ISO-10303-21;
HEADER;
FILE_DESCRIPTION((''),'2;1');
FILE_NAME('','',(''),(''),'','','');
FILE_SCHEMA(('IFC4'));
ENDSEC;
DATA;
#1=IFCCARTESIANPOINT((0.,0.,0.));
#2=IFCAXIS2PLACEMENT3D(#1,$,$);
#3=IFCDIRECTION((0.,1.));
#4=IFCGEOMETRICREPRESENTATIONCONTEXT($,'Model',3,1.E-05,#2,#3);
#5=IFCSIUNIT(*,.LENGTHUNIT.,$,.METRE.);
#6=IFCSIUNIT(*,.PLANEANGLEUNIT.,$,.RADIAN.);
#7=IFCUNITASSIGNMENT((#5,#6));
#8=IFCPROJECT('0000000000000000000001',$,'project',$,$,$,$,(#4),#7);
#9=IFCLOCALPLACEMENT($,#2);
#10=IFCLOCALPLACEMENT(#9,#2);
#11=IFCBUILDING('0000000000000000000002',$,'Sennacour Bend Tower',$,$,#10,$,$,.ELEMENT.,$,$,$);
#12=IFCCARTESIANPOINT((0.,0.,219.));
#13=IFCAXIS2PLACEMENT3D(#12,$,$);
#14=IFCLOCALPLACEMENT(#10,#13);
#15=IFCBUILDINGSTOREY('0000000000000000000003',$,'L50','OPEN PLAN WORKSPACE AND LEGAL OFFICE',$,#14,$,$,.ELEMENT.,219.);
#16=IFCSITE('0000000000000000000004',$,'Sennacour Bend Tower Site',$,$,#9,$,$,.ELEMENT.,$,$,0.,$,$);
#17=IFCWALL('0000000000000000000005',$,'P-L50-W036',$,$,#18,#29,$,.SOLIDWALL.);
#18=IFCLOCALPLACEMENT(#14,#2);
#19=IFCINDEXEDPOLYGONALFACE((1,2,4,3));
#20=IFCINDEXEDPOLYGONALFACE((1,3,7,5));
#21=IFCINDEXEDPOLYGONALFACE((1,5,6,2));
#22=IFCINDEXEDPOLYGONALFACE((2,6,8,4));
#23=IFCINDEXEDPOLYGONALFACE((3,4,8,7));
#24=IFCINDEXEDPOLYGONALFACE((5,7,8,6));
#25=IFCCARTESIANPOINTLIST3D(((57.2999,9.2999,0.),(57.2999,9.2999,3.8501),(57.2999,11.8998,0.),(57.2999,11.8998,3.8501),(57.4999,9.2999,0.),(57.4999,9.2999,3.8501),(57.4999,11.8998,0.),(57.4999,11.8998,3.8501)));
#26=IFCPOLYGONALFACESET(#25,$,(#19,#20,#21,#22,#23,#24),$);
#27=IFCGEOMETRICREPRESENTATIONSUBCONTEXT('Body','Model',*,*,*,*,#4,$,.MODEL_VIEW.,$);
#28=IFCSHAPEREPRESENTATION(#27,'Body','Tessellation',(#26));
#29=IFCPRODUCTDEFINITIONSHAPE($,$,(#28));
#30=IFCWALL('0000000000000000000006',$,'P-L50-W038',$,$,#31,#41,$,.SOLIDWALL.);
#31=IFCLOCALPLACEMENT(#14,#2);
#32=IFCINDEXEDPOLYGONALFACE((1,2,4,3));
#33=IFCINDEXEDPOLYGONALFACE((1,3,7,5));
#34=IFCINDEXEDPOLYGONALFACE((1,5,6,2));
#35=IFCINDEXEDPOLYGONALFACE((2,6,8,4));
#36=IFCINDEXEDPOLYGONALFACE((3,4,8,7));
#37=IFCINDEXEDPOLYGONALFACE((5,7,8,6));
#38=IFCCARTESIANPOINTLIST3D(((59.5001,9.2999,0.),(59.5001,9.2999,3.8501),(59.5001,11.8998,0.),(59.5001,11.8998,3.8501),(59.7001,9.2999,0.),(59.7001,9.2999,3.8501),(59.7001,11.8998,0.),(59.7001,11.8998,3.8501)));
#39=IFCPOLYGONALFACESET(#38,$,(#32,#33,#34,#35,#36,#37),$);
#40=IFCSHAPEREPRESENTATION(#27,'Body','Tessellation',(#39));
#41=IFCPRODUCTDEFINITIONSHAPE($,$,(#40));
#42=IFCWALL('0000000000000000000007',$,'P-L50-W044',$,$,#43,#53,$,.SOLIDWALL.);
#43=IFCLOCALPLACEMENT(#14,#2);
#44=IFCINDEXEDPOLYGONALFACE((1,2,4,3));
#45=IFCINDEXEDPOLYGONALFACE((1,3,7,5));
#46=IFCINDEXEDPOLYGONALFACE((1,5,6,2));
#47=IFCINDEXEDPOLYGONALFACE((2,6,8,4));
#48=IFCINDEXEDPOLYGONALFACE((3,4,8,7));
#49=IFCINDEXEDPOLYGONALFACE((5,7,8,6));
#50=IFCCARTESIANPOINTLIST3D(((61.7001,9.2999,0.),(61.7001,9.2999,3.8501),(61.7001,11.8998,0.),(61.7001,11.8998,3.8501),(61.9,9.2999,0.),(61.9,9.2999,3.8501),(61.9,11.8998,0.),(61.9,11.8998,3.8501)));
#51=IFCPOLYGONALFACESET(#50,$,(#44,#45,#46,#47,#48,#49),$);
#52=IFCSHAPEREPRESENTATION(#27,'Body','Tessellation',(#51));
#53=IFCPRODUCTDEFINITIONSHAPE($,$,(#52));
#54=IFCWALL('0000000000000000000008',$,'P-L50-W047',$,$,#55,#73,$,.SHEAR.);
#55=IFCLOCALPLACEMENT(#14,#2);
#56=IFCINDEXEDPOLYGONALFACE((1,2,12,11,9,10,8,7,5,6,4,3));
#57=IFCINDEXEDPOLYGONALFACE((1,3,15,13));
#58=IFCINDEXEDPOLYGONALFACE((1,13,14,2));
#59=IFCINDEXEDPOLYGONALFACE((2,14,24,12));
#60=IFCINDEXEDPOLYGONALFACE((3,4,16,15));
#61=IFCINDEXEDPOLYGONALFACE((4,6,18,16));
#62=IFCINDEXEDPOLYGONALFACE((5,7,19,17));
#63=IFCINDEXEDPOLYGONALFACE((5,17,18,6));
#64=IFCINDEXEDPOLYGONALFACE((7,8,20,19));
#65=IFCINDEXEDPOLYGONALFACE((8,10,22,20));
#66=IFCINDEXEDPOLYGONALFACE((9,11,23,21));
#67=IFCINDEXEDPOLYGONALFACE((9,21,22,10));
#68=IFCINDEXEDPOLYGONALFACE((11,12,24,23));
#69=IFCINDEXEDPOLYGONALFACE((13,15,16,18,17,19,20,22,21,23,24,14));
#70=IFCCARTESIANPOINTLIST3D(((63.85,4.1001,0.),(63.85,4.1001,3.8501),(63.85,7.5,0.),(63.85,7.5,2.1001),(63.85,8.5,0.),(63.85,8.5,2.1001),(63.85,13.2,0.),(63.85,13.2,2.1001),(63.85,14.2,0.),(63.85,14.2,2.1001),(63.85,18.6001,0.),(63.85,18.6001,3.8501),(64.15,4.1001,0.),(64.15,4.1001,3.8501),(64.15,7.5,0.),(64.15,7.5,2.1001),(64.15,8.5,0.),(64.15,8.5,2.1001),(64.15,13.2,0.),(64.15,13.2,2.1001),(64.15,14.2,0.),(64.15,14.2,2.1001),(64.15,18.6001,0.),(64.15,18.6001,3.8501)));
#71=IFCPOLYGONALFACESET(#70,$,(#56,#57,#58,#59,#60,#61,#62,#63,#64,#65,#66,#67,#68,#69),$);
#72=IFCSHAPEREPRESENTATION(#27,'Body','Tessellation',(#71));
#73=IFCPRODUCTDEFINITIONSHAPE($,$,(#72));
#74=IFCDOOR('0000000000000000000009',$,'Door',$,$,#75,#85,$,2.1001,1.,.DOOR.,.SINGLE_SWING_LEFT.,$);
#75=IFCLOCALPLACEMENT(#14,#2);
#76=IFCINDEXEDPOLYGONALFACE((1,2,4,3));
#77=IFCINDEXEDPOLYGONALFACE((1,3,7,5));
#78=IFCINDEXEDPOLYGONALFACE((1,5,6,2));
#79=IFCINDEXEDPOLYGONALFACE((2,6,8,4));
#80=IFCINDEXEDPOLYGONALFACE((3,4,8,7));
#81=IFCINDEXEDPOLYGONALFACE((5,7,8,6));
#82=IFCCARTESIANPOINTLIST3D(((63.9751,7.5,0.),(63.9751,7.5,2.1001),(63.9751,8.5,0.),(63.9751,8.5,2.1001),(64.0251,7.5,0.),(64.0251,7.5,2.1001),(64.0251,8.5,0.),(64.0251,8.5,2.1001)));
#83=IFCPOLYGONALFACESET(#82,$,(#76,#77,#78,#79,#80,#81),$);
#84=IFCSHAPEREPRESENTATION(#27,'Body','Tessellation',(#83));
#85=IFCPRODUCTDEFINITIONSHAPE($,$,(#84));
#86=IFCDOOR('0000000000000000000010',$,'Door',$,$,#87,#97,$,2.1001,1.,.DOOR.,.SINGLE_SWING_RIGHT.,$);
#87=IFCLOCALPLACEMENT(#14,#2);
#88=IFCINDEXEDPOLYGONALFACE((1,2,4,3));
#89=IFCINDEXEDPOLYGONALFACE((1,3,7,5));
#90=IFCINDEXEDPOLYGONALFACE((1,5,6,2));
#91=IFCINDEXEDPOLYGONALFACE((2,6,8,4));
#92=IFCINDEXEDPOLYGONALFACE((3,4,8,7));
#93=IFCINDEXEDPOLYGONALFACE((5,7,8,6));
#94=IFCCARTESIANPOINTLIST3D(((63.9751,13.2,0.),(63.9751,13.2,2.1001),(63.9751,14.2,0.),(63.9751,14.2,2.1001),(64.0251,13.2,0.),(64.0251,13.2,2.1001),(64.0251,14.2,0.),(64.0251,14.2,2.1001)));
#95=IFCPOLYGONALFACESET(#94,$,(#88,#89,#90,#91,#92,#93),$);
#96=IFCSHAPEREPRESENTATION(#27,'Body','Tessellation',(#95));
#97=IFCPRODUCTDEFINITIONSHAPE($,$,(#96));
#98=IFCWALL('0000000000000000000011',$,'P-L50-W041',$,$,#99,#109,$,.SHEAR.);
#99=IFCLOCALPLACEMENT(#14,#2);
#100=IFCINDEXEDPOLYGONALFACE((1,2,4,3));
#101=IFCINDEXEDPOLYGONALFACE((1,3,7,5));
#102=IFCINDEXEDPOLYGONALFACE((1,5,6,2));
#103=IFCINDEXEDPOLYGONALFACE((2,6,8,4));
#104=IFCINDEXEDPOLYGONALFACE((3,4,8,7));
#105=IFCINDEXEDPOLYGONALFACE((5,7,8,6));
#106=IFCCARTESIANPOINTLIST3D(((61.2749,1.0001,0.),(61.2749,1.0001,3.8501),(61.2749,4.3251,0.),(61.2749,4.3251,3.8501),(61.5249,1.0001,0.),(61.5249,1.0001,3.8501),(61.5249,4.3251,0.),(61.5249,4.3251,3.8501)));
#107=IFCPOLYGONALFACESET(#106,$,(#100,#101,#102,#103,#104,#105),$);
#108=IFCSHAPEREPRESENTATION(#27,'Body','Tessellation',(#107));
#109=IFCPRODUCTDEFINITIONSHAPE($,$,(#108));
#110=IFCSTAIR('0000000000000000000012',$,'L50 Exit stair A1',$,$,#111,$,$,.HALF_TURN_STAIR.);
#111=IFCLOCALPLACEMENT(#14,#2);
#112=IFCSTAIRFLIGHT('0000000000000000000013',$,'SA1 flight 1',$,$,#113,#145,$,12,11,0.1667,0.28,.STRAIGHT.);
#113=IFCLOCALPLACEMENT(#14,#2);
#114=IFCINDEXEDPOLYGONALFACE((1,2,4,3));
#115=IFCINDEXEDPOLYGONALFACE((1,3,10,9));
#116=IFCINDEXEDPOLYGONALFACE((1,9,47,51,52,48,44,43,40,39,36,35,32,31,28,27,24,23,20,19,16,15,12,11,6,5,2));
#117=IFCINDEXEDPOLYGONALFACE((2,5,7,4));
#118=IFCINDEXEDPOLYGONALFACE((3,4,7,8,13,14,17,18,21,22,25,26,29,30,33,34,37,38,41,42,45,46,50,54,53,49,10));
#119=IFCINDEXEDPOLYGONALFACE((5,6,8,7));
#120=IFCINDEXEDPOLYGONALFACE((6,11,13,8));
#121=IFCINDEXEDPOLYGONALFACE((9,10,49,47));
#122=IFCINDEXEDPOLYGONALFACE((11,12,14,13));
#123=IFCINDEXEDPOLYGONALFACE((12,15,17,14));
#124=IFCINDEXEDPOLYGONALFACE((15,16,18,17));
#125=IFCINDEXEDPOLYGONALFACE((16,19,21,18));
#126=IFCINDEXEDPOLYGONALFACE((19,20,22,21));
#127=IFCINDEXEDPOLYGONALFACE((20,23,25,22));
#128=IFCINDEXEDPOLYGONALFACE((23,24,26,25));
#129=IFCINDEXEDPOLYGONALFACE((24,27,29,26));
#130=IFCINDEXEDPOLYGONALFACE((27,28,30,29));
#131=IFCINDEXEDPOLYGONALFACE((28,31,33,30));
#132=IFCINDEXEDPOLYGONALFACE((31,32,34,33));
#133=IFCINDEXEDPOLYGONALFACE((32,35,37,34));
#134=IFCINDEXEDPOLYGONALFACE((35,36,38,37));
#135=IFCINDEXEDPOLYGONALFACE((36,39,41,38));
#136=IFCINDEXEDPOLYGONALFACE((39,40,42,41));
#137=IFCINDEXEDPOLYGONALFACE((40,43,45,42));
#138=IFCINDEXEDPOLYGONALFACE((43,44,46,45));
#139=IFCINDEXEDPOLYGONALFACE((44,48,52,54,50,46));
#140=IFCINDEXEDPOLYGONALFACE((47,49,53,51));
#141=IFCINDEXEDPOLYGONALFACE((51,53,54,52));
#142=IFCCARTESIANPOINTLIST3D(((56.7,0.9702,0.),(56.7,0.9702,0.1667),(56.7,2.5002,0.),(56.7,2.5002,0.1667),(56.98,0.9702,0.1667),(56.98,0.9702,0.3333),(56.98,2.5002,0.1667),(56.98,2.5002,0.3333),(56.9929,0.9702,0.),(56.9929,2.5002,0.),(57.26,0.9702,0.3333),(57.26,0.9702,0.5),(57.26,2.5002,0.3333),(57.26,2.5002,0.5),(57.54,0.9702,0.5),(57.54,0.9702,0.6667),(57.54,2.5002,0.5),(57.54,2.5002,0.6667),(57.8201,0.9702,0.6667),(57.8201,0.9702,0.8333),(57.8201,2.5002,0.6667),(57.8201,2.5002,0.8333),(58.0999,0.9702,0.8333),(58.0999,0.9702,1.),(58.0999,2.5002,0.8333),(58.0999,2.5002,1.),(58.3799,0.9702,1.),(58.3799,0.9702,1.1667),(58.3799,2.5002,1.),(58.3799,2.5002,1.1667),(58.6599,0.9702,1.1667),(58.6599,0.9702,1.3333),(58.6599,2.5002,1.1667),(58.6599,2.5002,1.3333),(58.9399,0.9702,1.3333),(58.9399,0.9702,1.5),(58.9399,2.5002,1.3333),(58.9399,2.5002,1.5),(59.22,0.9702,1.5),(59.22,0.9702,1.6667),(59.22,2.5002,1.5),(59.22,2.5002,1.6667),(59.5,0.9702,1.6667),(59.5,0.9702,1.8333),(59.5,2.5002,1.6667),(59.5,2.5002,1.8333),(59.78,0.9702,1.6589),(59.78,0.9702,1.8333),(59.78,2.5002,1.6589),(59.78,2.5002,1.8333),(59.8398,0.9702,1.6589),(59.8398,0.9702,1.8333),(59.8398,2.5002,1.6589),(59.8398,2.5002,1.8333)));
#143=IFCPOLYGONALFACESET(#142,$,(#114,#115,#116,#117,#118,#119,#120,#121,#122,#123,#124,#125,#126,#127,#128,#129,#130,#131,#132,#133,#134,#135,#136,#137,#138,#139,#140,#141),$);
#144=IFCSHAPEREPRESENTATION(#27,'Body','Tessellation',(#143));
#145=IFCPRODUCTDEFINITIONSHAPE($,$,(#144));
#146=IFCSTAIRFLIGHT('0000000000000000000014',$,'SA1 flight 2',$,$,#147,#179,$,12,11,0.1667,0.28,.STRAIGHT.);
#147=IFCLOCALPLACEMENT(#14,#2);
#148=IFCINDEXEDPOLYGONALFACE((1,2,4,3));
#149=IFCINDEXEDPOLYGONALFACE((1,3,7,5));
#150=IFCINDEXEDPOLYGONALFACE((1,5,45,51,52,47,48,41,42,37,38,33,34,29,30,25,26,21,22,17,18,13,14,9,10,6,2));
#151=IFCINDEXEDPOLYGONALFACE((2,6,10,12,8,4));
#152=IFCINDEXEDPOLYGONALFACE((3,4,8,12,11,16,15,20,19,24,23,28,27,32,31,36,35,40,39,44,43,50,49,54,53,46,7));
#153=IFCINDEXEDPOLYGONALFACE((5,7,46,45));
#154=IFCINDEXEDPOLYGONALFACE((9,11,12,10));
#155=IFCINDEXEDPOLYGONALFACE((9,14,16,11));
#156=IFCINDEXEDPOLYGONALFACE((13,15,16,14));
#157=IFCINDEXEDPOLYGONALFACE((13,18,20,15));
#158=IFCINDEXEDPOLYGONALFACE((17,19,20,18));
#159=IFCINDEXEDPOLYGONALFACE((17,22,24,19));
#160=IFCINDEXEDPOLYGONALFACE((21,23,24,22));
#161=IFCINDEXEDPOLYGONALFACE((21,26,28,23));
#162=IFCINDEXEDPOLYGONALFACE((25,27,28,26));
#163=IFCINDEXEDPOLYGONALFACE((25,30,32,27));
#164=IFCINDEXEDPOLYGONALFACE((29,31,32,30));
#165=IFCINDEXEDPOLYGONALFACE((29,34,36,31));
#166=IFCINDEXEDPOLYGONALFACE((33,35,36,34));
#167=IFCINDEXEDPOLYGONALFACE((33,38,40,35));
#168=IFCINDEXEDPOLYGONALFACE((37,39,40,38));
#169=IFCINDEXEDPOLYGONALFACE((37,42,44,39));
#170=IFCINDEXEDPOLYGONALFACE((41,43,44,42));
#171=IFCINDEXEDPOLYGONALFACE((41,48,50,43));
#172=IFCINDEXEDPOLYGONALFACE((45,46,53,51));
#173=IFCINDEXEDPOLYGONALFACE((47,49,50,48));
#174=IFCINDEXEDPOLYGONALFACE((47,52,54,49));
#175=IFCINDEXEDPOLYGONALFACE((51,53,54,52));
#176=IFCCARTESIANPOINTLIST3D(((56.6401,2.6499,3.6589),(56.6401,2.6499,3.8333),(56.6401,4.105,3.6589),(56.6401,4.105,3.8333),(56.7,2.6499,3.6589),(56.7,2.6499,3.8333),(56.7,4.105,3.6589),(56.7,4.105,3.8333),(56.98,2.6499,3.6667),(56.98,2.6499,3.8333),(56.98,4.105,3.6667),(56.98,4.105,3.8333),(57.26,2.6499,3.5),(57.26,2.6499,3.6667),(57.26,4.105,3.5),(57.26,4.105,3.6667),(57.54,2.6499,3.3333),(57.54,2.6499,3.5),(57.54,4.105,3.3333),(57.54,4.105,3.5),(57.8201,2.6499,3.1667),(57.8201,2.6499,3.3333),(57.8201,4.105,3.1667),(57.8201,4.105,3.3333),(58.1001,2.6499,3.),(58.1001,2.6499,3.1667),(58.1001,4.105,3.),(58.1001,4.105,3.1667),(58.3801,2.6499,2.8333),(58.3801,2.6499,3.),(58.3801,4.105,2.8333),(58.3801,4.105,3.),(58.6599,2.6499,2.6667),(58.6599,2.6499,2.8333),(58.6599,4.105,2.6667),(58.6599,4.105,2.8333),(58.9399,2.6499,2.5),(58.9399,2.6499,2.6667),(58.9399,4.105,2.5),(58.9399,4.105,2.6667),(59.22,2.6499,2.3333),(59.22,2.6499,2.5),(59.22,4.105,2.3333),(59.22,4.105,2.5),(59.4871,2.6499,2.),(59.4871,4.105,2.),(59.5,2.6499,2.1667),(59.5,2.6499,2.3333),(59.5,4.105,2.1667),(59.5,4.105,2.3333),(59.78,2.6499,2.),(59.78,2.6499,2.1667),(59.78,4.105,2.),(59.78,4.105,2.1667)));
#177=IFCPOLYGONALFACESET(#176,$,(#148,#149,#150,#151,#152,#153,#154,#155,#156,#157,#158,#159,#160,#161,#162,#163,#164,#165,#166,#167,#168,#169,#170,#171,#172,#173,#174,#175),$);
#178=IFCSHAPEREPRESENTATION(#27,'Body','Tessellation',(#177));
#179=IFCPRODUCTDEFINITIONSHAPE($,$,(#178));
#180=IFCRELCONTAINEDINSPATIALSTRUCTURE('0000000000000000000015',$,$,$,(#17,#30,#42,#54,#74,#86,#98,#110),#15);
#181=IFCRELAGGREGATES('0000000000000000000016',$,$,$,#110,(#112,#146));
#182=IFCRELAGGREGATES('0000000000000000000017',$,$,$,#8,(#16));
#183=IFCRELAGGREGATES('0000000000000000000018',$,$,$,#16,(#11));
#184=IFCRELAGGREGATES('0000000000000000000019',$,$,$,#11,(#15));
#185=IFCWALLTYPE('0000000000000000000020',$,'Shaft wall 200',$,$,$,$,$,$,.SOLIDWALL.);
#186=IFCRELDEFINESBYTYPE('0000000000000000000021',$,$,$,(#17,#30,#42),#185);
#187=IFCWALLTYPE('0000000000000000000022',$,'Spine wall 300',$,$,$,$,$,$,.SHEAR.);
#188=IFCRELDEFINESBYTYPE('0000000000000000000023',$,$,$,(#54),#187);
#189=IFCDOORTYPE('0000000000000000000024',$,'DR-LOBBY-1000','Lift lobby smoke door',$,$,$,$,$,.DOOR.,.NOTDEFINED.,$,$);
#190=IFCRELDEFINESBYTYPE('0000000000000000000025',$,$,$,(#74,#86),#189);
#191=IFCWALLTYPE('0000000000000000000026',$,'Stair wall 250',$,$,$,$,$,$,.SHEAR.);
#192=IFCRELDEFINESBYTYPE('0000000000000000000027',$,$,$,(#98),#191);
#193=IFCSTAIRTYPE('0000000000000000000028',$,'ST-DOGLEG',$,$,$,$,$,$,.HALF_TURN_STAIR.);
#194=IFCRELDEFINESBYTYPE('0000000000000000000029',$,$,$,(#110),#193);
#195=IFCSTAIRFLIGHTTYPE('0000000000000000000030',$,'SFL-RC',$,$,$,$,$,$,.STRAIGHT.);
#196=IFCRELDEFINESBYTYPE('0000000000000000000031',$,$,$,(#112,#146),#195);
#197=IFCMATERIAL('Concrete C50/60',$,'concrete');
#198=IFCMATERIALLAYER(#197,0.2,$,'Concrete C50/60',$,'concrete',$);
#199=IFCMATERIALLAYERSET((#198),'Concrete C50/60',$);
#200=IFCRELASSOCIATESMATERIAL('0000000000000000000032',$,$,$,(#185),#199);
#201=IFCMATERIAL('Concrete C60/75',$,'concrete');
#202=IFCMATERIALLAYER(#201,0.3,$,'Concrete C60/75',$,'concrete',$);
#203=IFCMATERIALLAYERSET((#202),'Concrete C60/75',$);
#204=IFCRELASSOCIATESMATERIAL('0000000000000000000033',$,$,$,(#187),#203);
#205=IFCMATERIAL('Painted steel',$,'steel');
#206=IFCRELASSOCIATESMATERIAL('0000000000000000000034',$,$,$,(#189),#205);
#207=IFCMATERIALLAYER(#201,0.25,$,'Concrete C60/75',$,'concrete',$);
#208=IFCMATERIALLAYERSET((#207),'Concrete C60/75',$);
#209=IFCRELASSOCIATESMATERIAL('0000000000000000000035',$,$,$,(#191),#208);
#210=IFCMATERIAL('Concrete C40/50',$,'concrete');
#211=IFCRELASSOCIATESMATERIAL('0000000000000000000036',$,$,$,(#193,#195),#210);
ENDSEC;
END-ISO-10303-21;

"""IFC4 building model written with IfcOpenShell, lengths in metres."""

from ifc_helpers import new_model, si_unit, direction, frame, frame_2d, origin, place, context, subcontext, project, spatial, polyline, rectangle, outline, extrude, material, layer, layer_set, type_object, element, fill, aggregate, save


model = new_model("IFC4")

# Units and contexts
model_context = context("Model", 3, precision=1e-05, world=origin(), true_north=direction((0.0, 1.0)))
body_context = subcontext(model_context, "Body", "Model", "MODEL_VIEW")
ifc_project = project(units=[si_unit("LENGTHUNIT", "METRE"), si_unit("PLANEANGLEUNIT", "RADIAN")], contexts=[model_context])

# Site, building, storey
site_placement = place(None, origin())
site = spatial("IfcSite", under=ifc_project, at=site_placement, Name="Sennacour Bend Tower Site", CompositionType="ELEMENT", RefElevation=0.0)
building_placement = place(site_placement, origin())
building = spatial("IfcBuilding", under=site, at=building_placement, Name="Sennacour Bend Tower", CompositionType="ELEMENT")
storey_placement = place(building_placement, frame((0.0, 0.0, 219.0)))
storey = spatial("IfcBuildingStorey", under=building, at=storey_placement, Name="L50", Description="OPEN PLAN WORKSPACE AND LEGAL OFFICE", CompositionType="ELEMENT", Elevation=219.0)

# Shared definitions
ifc_material_1 = material(Name="Concrete C60/75", Category="concrete")

# Shared definitions
ifc_material_2 = material(Name="Painted steel", Category="steel")

# Walls
ifc_material_3 = material(Name="Concrete C50/60", Category="concrete")
ifc_layer_1 = layer(ifc_material_3, 0.2, Name="Concrete C50/60", Category="concrete")
ifc_layer_set_1 = layer_set([ifc_layer_1], Name="Concrete C50/60")
wall_type_1 = type_object("IfcWallType", Name="Shaft wall 200", PredefinedType="SOLIDWALL", material=ifc_layer_set_1)
for number, where, z_axis, x_axis, name in (
    (1, (57.3999, 9.3, 0.0), (0.0, 0.0, 1.0), (0.0, 1.0, 0.0), "P-L50-W036"),
    (2, (59.6001, 9.3, 0.0), (0.0, 0.0, 1.0), (0.0, 1.0, 0.0), "P-L50-W038"),
    (3, (61.8, 9.3, 0.0), (0.0, 0.0, 1.0), (0.0, 1.0, 0.0), "P-L50-W044"),
):
    element("IfcWall", number, at=place(storey_placement, frame(where, z_axis=z_axis, x_axis=x_axis)), inside=storey, type_object=wall_type_1, Name=name, PredefinedType="SOLIDWALL", context=body_context, shape_type="SweptSolid", body=[
        extrude(rectangle(XDim=2.5999, YDim=0.2, at=frame_2d((1.2998, 0.0))), origin(), (0.0, 0.0, 1.0), 3.8501),
    ])

# Wall, openings, doors
ifc_layer_2 = layer(ifc_material_1, 0.3, Name="Concrete C60/75", Category="concrete")
ifc_layer_set_2 = layer_set([ifc_layer_2], Name="Concrete C60/75")
wall_type_2 = type_object("IfcWallType", Name="Spine wall 300", PredefinedType="SHEAR", material=ifc_layer_set_2)
wall_1_placement = place(storey_placement, frame((64.0, 4.1001, 0.0), z_axis=(0.0, 0.0, 1.0), x_axis=(0.0, 1.0, 0.0)))
wall_1 = element("IfcWall", 4, at=wall_1_placement, inside=storey, type_object=wall_type_2, Name="P-L50-W047", PredefinedType="SHEAR", context=body_context, shape_type="SweptSolid", body=[
    extrude(rectangle(XDim=14.5, YDim=0.3, at=frame_2d((7.25, 0.0))), origin(), (0.0, 0.0, 1.0), 3.8501),
])
opening_1_placement = place(wall_1_placement, frame((3.3999, 0.0, 0.0)))
opening_1 = element("IfcOpeningElement", 5, at=opening_1_placement, cuts=wall_1, PredefinedType="OPENING", context=body_context, shape_type="SweptSolid", body=[
    extrude(rectangle(XDim=1.0, YDim=2.1001, at=frame_2d((0.5, 1.05))), frame((0.0, 0.1602, 0.0), z_axis=(0.0, -1.0, 0.0), x_axis=(1.0, 0.0, 0.0)), (0.0, 0.0, 1.0), 0.3201),
])
opening_2_placement = place(wall_1_placement, frame((9.0999, 0.0, 0.0)))
opening_2 = element("IfcOpeningElement", 6, at=opening_2_placement, cuts=wall_1, PredefinedType="OPENING", context=body_context, shape_type="SweptSolid", body=[
    extrude(rectangle(XDim=1.0, YDim=2.1001, at=frame_2d((0.5, 1.05))), frame((0.0, 0.1602, 0.0), z_axis=(0.0, -1.0, 0.0), x_axis=(1.0, 0.0, 0.0)), (0.0, 0.0, 1.0), 0.3201),
])
door_type_1 = type_object("IfcDoorType", Name="DR-LOBBY-1000", Description="Lift lobby smoke door", OperationType="NOTDEFINED", PredefinedType="DOOR", material=ifc_material_2)
door_1_placement = place(opening_1_placement, origin())
door_1 = element("IfcDoor", 7, at=door_1_placement, inside=storey, type_object=door_type_1, Name="Door", OperationType="SINGLE_SWING_LEFT", OverallHeight=2.1001, OverallWidth=1.0, PredefinedType="DOOR", context=body_context, shape_type="SweptSolid", body=[
    extrude(rectangle(XDim=1.0, YDim=2.1001, at=frame_2d((0.5, 1.05))), frame((0.0, 0.0249, 0.0), z_axis=(0.0, -1.0, 0.0), x_axis=(1.0, 0.0, 0.0)), (0.0, 0.0, 1.0), 0.05),
])
fill(opening_1, door_1)
door_2_placement = place(opening_2_placement, origin())
door_2 = element("IfcDoor", 8, at=door_2_placement, inside=storey, type_object=door_type_1, Name="Door", OperationType="SINGLE_SWING_RIGHT", OverallHeight=2.1001, OverallWidth=1.0, PredefinedType="DOOR", context=body_context, shape_type="SweptSolid", body=[
    extrude(rectangle(XDim=1.0, YDim=2.1001, at=frame_2d((0.5, 1.05))), frame((0.0, 0.0249, 0.0), z_axis=(0.0, -1.0, 0.0), x_axis=(1.0, 0.0, 0.0)), (0.0, 0.0, 1.0), 0.05),
])
fill(opening_2, door_2)

# Wall
ifc_layer_3 = layer(ifc_material_1, 0.25, Name="Concrete C60/75", Category="concrete")
ifc_layer_set_3 = layer_set([ifc_layer_3], Name="Concrete C60/75")
wall_type_3 = type_object("IfcWallType", Name="Stair wall 250", PredefinedType="SHEAR", material=ifc_layer_set_3)
wall_2_placement = place(storey_placement, frame((61.3999, 1.0, 0.0), z_axis=(0.0, 0.0, 1.0), x_axis=(0.0, 1.0, 0.0)))
element("IfcWall", 9, at=wall_2_placement, inside=storey, type_object=wall_type_3, Name="P-L50-W041", PredefinedType="SHEAR", context=body_context, shape_type="SweptSolid", body=[
    extrude(rectangle(XDim=3.325, YDim=0.25, at=frame_2d((1.6626, 0.0))), origin(), (0.0, 0.0, 1.0), 3.8501),
])

# Stair, stair flights
ifc_material_4 = material(Name="Concrete C40/50", Category="concrete")
stair_type = type_object("IfcStairType", Name="ST-DOGLEG", PredefinedType="HALF_TURN_STAIR", material=ifc_material_4)
stair_placement = place(storey_placement, origin())
stair = element("IfcStair", 10, at=stair_placement, inside=storey, type_object=stair_type, Name="L50 Exit stair A1", PredefinedType="HALF_TURN_STAIR")
stair_flight_type = type_object("IfcStairFlightType", Name="SFL-RC", PredefinedType="STRAIGHT", material=ifc_material_4)
stair_flight_1_placement = place(storey_placement, frame((56.7, 1.7351, 0.0), z_axis=(0.0, 0.0, 1.0), x_axis=(1.0, 0.0, 0.0)))
stair_flight_1 = element("IfcStairFlight", 11, at=stair_flight_1_placement, type_object=stair_flight_type, Name="SA1 flight 1", NumberOfRisers=12, NumberOfTreads=11, PredefinedType="STRAIGHT", RiserHeight=0.1667, TreadLength=0.28, context=body_context, shape_type="SweptSolid", body=[
    extrude(outline(polyline([(0.0, 0.0), (0.0, 0.1667), (0.28, 0.1667), (0.28, 0.3333), (0.5601, 0.3333), (0.5601, 0.5), (0.8401, 0.5), (0.8401, 0.6667), (1.1201, 0.6667), (1.1201, 0.8333), (1.3999, 0.8333), (1.3999, 1.0), (1.6799, 1.0), (1.6799, 1.1667), (1.96, 1.1667), (1.96, 1.3333), (2.24, 1.3333), (2.24, 1.5), (2.52, 1.5), (2.52, 1.6667), (2.8, 1.6667), (2.8, 1.8333), (3.0801, 1.8333), (3.1399, 1.8333), (3.1399, 1.6589), (3.0801, 1.6589), (0.293, 0.0), (0.0, 0.0)])), frame((0.0, 0.7651, 0.0), z_axis=(0.0, -1.0, 0.0), x_axis=(1.0, 0.0, 0.0)), (0.0, 0.0, 1.0), 1.53),
])
stair_flight_2_placement = place(storey_placement, frame((59.78, 3.3774, 2.0), z_axis=(0.0, 0.0, 1.0), x_axis=(-1.0, 0.0, 0.0)))
stair_flight_2 = element("IfcStairFlight", 12, at=stair_flight_2_placement, type_object=stair_flight_type, Name="SA1 flight 2", NumberOfRisers=12, NumberOfTreads=11, PredefinedType="STRAIGHT", RiserHeight=0.1667, TreadLength=0.28, context=body_context, shape_type="SweptSolid", body=[
    extrude(outline(polyline([(0.0, 0.0), (0.0, 0.1667), (0.28, 0.1667), (0.28, 0.3333), (0.5601, 0.3333), (0.5601, 0.5), (0.8401, 0.5), (0.8401, 0.6667), (1.1201, 0.6667), (1.1201, 0.8333), (1.3999, 0.8333), (1.3999, 1.0), (1.6799, 1.0), (1.6799, 1.1667), (1.96, 1.1667), (1.96, 1.3333), (2.24, 1.3333), (2.24, 1.5), (2.52, 1.5), (2.52, 1.6667), (2.8, 1.6667), (2.8, 1.8333), (3.0801, 1.8333), (3.1399, 1.8333), (3.1399, 1.6589), (3.0801, 1.6589), (0.293, 0.0), (0.0, 0.0)])), frame((0.0, 0.7275, 0.0), z_axis=(0.0, -1.0, 0.0), x_axis=(1.0, 0.0, 0.0)), (0.0, 0.0, 1.0), 1.4551),
])
aggregate(stair, [stair_flight_1, stair_flight_2])

save(model, "model.ifc")
